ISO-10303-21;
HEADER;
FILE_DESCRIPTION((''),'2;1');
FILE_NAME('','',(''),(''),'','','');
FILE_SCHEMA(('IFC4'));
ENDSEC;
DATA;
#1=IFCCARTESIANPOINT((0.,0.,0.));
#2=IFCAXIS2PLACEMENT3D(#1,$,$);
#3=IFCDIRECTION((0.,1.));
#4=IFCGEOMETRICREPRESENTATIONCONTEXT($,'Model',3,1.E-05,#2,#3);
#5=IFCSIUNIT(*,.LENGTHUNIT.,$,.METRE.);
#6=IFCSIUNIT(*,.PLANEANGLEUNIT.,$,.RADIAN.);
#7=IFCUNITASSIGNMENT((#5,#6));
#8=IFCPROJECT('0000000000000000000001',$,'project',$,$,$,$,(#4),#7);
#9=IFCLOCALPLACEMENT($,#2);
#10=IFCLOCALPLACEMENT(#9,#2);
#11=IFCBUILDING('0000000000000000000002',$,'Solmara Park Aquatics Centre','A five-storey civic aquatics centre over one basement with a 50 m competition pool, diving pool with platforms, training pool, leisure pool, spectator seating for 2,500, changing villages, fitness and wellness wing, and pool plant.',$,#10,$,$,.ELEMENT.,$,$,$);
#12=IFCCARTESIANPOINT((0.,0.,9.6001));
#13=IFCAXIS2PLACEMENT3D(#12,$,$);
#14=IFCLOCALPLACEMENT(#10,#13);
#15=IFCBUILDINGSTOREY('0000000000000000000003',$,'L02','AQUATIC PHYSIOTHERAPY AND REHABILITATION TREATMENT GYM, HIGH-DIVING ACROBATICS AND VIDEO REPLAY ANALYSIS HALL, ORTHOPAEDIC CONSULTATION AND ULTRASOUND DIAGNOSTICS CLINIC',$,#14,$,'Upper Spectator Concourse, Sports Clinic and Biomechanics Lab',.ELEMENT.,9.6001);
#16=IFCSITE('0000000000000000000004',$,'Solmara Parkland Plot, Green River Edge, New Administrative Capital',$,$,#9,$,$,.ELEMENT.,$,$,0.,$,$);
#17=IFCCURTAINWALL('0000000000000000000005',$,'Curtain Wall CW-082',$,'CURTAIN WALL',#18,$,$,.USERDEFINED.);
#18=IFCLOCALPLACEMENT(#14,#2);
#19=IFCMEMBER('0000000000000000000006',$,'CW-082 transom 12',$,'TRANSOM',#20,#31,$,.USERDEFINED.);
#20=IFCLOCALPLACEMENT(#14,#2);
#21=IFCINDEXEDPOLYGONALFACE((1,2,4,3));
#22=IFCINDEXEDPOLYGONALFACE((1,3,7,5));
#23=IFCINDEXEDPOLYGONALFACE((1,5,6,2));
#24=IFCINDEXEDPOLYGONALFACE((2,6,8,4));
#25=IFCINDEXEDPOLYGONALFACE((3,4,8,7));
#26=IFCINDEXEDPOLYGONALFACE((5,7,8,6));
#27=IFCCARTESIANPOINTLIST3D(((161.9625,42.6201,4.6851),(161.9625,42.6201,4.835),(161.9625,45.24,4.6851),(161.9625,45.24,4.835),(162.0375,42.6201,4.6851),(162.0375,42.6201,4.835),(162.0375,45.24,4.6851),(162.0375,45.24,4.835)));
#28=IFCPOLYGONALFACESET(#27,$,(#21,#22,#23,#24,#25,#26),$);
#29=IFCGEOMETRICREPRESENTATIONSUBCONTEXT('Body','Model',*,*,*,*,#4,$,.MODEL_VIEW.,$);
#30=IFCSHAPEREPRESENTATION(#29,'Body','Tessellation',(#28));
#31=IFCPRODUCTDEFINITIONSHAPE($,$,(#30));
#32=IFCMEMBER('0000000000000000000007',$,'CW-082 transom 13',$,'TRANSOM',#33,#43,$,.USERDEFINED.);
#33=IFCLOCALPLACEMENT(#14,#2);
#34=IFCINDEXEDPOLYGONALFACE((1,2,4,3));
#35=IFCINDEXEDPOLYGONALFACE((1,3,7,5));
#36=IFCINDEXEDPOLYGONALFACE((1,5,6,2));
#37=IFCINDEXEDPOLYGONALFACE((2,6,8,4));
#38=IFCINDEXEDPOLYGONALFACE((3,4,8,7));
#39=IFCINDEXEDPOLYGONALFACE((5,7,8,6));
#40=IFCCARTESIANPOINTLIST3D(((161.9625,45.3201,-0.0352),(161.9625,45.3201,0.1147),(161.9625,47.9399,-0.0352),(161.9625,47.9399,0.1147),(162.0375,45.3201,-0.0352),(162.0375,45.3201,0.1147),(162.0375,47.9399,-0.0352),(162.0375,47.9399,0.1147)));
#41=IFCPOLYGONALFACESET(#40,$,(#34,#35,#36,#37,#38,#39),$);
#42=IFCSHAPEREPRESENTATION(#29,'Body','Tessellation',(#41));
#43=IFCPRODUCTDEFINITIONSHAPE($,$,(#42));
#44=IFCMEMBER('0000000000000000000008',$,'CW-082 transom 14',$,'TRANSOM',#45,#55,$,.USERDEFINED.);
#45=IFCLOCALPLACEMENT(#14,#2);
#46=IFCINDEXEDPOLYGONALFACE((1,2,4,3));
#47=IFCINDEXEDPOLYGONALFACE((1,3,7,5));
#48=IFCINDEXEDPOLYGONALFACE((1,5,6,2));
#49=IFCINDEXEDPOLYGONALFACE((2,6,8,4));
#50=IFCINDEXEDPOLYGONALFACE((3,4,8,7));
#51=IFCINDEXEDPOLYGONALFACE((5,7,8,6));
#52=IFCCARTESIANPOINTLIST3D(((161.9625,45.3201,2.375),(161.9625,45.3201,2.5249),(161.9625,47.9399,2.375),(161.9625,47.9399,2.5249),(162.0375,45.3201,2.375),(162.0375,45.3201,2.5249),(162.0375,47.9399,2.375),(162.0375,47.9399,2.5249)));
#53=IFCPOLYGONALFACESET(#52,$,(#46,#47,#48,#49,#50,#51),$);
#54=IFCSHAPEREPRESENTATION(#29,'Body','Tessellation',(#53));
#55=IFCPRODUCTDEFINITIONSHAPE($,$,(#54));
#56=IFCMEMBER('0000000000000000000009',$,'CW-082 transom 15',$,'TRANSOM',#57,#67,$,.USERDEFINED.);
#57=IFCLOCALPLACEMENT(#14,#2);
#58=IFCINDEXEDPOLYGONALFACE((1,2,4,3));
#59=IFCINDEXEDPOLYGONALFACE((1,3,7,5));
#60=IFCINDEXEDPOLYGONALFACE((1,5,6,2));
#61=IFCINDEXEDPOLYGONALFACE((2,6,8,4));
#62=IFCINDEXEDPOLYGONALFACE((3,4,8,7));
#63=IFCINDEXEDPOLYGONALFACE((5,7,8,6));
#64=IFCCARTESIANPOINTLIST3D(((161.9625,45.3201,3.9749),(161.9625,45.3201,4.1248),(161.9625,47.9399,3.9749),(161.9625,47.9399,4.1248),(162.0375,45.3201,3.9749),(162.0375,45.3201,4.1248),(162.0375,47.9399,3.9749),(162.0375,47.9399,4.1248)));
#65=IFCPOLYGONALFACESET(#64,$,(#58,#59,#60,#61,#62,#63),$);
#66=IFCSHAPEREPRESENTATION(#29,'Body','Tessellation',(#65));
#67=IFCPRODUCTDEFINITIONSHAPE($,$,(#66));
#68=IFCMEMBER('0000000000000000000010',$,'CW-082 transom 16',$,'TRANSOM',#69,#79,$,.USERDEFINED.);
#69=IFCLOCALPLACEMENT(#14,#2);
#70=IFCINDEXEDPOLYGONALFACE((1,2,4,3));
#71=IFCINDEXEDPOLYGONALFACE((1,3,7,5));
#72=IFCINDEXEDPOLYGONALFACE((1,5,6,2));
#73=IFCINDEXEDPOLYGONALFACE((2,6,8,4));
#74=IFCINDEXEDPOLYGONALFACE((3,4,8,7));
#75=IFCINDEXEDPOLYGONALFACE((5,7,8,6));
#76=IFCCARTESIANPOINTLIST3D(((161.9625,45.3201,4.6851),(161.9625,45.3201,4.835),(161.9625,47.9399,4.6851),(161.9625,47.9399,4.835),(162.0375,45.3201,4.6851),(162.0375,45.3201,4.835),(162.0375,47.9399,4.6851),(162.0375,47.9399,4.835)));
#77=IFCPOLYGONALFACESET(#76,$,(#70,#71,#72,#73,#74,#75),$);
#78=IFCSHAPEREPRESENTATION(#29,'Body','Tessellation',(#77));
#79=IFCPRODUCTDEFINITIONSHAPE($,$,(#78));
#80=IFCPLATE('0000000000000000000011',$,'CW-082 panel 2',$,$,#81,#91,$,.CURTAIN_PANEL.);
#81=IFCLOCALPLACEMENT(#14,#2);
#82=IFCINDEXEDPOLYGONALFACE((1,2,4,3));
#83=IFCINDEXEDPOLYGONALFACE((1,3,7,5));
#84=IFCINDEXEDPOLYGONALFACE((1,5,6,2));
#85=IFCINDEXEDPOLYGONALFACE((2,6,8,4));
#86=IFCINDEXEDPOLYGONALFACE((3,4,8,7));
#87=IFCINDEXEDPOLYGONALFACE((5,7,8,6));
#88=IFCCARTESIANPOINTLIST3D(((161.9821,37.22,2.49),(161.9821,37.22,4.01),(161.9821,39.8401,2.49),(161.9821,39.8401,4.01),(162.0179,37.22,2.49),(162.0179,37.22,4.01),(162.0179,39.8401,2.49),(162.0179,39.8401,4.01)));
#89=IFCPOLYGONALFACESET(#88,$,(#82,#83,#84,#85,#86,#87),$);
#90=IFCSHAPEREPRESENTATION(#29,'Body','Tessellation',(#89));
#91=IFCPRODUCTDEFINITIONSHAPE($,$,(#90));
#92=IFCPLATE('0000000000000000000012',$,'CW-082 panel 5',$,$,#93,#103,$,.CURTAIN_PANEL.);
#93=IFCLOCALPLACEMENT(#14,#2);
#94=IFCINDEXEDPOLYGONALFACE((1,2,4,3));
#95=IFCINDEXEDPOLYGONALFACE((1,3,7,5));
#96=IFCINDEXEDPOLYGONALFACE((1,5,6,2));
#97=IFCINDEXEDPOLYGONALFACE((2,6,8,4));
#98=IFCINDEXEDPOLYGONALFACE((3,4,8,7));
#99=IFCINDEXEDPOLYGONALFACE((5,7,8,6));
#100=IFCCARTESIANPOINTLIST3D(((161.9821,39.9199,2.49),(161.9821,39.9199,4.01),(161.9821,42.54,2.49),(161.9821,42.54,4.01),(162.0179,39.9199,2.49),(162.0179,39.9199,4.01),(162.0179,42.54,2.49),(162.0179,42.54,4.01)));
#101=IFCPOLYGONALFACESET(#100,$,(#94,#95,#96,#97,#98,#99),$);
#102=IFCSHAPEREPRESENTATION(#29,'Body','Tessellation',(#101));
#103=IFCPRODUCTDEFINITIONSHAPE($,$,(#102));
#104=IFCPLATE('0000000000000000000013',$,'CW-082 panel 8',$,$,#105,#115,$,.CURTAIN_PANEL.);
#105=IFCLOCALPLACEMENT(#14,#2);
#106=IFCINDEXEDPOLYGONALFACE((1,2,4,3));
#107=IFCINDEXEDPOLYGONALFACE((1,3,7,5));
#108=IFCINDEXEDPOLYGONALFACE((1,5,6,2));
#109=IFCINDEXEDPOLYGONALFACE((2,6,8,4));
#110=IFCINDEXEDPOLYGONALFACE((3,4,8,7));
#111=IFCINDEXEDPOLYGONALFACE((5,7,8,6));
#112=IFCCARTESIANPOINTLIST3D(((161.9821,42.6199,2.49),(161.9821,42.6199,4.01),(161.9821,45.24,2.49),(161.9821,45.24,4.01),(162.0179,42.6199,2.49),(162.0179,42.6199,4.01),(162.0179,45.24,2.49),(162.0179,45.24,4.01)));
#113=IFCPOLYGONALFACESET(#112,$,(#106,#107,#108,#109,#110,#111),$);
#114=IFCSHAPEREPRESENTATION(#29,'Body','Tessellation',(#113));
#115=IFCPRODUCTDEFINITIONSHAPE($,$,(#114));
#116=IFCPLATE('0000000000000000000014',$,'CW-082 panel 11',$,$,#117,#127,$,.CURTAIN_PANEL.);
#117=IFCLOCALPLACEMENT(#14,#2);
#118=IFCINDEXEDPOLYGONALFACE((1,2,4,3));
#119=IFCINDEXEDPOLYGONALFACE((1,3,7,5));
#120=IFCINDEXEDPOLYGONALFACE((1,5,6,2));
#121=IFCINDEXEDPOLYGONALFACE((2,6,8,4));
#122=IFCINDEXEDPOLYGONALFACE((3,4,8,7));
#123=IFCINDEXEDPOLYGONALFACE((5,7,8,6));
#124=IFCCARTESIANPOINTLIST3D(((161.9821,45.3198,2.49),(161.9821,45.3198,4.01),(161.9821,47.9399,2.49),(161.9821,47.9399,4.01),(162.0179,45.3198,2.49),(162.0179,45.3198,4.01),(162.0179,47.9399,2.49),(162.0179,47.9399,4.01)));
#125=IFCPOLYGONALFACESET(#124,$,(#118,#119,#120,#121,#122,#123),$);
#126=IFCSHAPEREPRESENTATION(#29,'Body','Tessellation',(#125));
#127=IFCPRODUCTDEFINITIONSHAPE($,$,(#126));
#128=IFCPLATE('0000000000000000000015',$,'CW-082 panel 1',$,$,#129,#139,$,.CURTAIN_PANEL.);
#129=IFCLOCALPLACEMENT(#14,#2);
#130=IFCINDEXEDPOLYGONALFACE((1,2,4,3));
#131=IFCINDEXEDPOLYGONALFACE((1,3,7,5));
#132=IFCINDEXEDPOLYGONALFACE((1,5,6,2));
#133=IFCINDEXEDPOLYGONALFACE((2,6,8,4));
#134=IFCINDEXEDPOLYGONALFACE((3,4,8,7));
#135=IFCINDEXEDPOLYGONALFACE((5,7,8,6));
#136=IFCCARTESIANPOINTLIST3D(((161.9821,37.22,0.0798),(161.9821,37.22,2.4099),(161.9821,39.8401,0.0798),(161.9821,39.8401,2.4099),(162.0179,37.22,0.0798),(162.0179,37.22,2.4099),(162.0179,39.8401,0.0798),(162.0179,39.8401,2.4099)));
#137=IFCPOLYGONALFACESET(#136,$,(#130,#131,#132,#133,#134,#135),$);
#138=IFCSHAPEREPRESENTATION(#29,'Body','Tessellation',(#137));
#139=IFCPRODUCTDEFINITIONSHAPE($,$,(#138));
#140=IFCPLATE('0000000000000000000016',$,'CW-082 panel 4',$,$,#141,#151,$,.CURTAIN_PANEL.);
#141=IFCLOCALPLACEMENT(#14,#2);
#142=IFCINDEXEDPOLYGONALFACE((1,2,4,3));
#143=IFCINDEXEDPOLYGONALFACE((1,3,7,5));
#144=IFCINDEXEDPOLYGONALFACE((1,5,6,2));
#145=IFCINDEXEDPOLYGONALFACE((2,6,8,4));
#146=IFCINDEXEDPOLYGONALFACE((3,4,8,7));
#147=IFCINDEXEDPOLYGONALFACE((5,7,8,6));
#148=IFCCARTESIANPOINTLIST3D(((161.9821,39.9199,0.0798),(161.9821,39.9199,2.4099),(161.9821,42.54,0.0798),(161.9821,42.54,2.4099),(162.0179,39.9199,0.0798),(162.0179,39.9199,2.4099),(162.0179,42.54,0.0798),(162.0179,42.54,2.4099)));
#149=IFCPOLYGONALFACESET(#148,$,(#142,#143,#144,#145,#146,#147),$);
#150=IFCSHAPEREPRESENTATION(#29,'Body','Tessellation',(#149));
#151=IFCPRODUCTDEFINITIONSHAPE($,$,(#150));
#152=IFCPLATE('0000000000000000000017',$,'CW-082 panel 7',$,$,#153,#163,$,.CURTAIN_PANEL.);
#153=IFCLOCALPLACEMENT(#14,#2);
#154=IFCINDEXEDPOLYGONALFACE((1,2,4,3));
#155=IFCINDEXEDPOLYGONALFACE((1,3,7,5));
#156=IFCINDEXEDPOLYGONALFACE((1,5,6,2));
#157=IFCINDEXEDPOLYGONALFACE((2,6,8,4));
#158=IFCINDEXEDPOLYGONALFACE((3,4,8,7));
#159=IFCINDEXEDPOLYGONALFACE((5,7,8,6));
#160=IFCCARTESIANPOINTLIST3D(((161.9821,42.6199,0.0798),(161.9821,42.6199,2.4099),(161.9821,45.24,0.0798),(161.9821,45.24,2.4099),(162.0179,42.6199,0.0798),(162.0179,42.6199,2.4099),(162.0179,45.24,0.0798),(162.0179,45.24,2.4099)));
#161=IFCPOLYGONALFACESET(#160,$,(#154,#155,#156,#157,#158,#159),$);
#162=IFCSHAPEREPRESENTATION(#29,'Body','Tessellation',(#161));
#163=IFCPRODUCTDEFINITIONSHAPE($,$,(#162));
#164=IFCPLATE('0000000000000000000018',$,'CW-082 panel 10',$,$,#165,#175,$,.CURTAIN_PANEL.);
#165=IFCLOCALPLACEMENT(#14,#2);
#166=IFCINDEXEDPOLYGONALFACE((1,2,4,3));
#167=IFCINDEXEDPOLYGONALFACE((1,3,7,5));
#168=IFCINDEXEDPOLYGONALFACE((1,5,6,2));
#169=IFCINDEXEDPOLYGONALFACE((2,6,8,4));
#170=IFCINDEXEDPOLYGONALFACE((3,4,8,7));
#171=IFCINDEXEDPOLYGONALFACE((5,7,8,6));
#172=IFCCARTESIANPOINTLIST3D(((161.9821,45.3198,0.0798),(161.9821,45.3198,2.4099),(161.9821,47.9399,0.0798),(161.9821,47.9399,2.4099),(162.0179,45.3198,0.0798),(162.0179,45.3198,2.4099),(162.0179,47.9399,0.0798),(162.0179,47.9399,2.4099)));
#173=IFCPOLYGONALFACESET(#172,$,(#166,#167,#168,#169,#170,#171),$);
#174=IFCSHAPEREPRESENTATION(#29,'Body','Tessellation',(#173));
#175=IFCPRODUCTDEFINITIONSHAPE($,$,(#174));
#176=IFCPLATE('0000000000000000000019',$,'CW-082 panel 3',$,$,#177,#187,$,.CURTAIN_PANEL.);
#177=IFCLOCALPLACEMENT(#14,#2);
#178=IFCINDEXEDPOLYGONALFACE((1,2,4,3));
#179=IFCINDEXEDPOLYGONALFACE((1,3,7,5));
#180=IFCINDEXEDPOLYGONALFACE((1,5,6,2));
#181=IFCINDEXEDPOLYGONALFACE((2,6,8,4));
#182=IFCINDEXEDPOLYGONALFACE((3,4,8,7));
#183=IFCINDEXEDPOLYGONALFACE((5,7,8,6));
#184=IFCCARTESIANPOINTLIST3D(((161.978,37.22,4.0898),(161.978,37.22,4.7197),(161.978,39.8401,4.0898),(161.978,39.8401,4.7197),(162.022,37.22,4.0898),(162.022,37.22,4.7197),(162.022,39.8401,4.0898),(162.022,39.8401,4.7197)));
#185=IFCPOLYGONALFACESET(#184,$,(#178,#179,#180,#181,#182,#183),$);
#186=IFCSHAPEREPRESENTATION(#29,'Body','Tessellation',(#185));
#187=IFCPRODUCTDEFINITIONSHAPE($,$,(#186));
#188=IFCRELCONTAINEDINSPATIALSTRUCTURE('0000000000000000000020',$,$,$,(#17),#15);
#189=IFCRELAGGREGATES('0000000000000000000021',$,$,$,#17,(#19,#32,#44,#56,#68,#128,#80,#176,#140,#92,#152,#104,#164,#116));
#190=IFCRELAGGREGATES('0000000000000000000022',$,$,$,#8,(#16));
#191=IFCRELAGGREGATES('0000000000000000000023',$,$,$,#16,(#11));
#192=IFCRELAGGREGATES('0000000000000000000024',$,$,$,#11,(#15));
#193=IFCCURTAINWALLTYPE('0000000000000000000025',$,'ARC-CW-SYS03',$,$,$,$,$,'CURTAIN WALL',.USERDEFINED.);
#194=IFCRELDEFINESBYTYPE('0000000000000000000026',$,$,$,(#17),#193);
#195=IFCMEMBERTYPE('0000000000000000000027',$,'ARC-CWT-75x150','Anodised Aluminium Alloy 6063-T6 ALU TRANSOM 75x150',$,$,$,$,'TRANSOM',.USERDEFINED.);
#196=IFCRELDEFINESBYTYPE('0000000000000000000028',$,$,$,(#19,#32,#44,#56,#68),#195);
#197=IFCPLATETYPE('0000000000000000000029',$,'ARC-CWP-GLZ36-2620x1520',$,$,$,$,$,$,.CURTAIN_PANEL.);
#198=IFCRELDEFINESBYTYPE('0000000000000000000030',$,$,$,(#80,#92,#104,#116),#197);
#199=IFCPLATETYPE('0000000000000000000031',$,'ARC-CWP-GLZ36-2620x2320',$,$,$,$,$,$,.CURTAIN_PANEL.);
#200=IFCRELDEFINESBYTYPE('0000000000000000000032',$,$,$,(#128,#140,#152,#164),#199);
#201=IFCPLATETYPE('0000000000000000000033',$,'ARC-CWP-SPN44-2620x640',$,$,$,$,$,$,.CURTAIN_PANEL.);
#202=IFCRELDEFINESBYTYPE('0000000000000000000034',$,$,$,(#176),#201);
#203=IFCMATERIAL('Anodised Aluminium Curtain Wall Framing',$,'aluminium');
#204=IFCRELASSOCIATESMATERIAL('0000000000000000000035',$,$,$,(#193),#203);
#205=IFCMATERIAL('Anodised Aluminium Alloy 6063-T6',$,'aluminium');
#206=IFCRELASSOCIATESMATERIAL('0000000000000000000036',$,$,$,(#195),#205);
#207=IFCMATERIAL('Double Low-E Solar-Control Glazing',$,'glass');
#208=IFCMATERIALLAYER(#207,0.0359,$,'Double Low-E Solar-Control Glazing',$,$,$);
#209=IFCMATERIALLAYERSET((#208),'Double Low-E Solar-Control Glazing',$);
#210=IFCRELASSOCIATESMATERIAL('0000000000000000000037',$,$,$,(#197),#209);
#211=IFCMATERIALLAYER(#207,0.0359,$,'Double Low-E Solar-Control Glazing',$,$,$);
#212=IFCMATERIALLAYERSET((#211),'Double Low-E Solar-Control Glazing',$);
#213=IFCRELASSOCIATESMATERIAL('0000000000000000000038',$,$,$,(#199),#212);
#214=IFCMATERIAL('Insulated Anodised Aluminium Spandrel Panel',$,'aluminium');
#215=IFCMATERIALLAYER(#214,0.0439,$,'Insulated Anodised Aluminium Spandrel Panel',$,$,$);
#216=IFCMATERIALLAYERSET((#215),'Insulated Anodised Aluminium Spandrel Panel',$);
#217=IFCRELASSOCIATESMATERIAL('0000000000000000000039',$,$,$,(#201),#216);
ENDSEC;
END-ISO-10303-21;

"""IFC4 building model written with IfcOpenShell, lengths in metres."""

from ifc_helpers import new_model, si_unit, direction, frame, origin, origin_2d, place, context, subcontext, project, spatial, rectangle, extrude, material, layer, layer_set, material_profile, profile_set, type_object, element, aggregate, save


model = new_model("IFC4")

# Units and contexts
model_context = context("Model", 3, precision=1e-05, world=origin(), true_north=direction((0.0, 1.0)))
body_context = subcontext(model_context, "Body", "Model", "MODEL_VIEW")
ifc_project = project(units=[si_unit("LENGTHUNIT", "METRE"), si_unit("PLANEANGLEUNIT", "RADIAN")], contexts=[model_context])

# Site, building, storey
site_placement = place(None, origin())
site = spatial("IfcSite", under=ifc_project, at=site_placement, Name="Solmara Parkland Plot, Green River Edge, New Administrative Capital", CompositionType="ELEMENT", RefElevation=0.0)
building_placement = place(site_placement, origin())
building = spatial("IfcBuilding", under=site, at=building_placement, Name="Solmara Park Aquatics Centre", Description="A five-storey civic aquatics centre over one basement with a 50 m competition pool, diving pool with platforms, training pool, leisure pool, spectator seating for 2,500, changing villages, fitness and wellness wing, and pool plant.", CompositionType="ELEMENT")
storey_placement = place(building_placement, frame((0.0, 0.0, 9.6001)))
storey = spatial("IfcBuildingStorey", under=building, at=storey_placement, Name="L02", Description="AQUATIC PHYSIOTHERAPY AND REHABILITATION TREATMENT GYM, HIGH-DIVING ACROBATICS AND VIDEO REPLAY ANALYSIS HALL, ORTHOPAEDIC CONSULTATION AND ULTRASOUND DIAGNOSTICS CLINIC", LongName="Upper Spectator Concourse, Sports Clinic and Biomechanics Lab", CompositionType="ELEMENT", Elevation=9.6001)

# Curtain wall, members, plates
ifc_material_1 = material(Name="Anodised Aluminium Curtain Wall Framing", Category="aluminium")
curtain_wall_type = type_object("IfcCurtainWallType", Name="ARC-CW-SYS03", ElementType="CURTAIN WALL", PredefinedType="USERDEFINED", material=ifc_material_1)
curtain_wall_placement = place(storey_placement, origin())
curtain_wall = element("IfcCurtainWall", 1, at=curtain_wall_placement, inside=storey, type_object=curtain_wall_type, Name="Curtain Wall CW-082", ObjectType="CURTAIN WALL", PredefinedType="USERDEFINED")
ifc_material_2 = material(Name="Anodised Aluminium Alloy 6063-T6", Category="aluminium")
ifc_material_profile_1 = material_profile(ifc_material_2, rectangle(XDim=0.075, YDim=0.1499, at=origin_2d()), Name="ALU TRANSOM 75x150")
ifc_profile_set_1 = profile_set([ifc_material_profile_1], Name="Anodised Aluminium Alloy 6063-T6")
member_type_1 = type_object("IfcMemberType", Name="ARC-CWT-75x150", Description="Anodised Aluminium Alloy 6063-T6 ALU TRANSOM 75x150", ElementType="TRANSOM", PredefinedType="USERDEFINED", material=ifc_profile_set_1)
member_1_placement = place(storey_placement, frame((162.0, 42.6201, 4.76), z_axis=(0.0, 1.0, 0.0), x_axis=(-1.0, 0.0, 0.0)))
member_1 = element("IfcMember", 2, at=member_1_placement, type_object=member_type_1, Name="CW-082 transom 12", ObjectType="TRANSOM", PredefinedType="USERDEFINED", context=body_context, shape_type="SweptSolid", body=[
    extrude(rectangle(XDim=0.075, YDim=0.1499, at=origin_2d()), origin(), (0.0, 0.0, 1.0), 2.6199),
])
member_2_placement = place(storey_placement, frame((162.0, 45.3201, 0.0398), z_axis=(0.0, 1.0, 0.0), x_axis=(-1.0, 0.0, 0.0)))
member_2 = element("IfcMember", 3, at=member_2_placement, type_object=member_type_1, Name="CW-082 transom 13", ObjectType="TRANSOM", PredefinedType="USERDEFINED", context=body_context, shape_type="SweptSolid", body=[
    extrude(rectangle(XDim=0.075, YDim=0.1499, at=origin_2d()), origin(), (0.0, 0.0, 1.0), 2.6199),
])
member_3_placement = place(storey_placement, frame((162.0, 45.3201, 2.45), z_axis=(0.0, 1.0, 0.0), x_axis=(-1.0, 0.0, 0.0)))
member_3 = element("IfcMember", 4, at=member_3_placement, type_object=member_type_1, Name="CW-082 transom 14", ObjectType="TRANSOM", PredefinedType="USERDEFINED", context=body_context, shape_type="SweptSolid", body=[
    extrude(rectangle(XDim=0.075, YDim=0.1499, at=origin_2d()), origin(), (0.0, 0.0, 1.0), 2.6199),
])
member_4_placement = place(storey_placement, frame((162.0, 45.3201, 4.0498), z_axis=(0.0, 1.0, 0.0), x_axis=(-1.0, 0.0, 0.0)))
member_4 = element("IfcMember", 5, at=member_4_placement, type_object=member_type_1, Name="CW-082 transom 15", ObjectType="TRANSOM", PredefinedType="USERDEFINED", context=body_context, shape_type="SweptSolid", body=[
    extrude(rectangle(XDim=0.075, YDim=0.1499, at=origin_2d()), origin(), (0.0, 0.0, 1.0), 2.6199),
])
member_5_placement = place(storey_placement, frame((162.0, 45.3201, 4.76), z_axis=(0.0, 1.0, 0.0), x_axis=(-1.0, 0.0, 0.0)))
member_5 = element("IfcMember", 6, at=member_5_placement, type_object=member_type_1, Name="CW-082 transom 16", ObjectType="TRANSOM", PredefinedType="USERDEFINED", context=body_context, shape_type="SweptSolid", body=[
    extrude(rectangle(XDim=0.075, YDim=0.1499, at=origin_2d()), origin(), (0.0, 0.0, 1.0), 2.6199),
])
ifc_material_3 = material(Name="Double Low-E Solar-Control Glazing", Category="glass")
ifc_layer_1 = layer(ifc_material_3, 0.0359, Name="Double Low-E Solar-Control Glazing")
ifc_layer_set_1 = layer_set([ifc_layer_1], Name="Double Low-E Solar-Control Glazing")
plate_type_1 = type_object("IfcPlateType", Name="ARC-CWP-GLZ36-2620x1520", PredefinedType="CURTAIN_PANEL", material=ifc_layer_set_1)
plate_1_placement = place(storey_placement, frame((162.0, 38.53, 2.49), z_axis=(0.0, 0.0, 1.0), x_axis=(0.0, 1.0, 0.0)))
plate_1 = element("IfcPlate", 7, at=plate_1_placement, type_object=plate_type_1, Name="CW-082 panel 2", PredefinedType="CURTAIN_PANEL", context=body_context, shape_type="SweptSolid", body=[
    extrude(rectangle(XDim=2.6201, YDim=0.0359, at=origin_2d()), origin(), (0.0, 0.0, 1.0), 1.52),
])
plate_2_placement = place(storey_placement, frame((162.0, 41.23, 2.49), z_axis=(0.0, 0.0, 1.0), x_axis=(0.0, 1.0, 0.0)))
plate_2 = element("IfcPlate", 8, at=plate_2_placement, type_object=plate_type_1, Name="CW-082 panel 5", PredefinedType="CURTAIN_PANEL", context=body_context, shape_type="SweptSolid", body=[
    extrude(rectangle(XDim=2.6201, YDim=0.0359, at=origin_2d()), origin(), (0.0, 0.0, 1.0), 1.52),
])
plate_3_placement = place(storey_placement, frame((162.0, 43.9299, 2.49), z_axis=(0.0, 0.0, 1.0), x_axis=(0.0, 1.0, 0.0)))
plate_3 = element("IfcPlate", 9, at=plate_3_placement, type_object=plate_type_1, Name="CW-082 panel 8", PredefinedType="CURTAIN_PANEL", context=body_context, shape_type="SweptSolid", body=[
    extrude(rectangle(XDim=2.6201, YDim=0.0359, at=origin_2d()), origin(), (0.0, 0.0, 1.0), 1.52),
])
plate_4_placement = place(storey_placement, frame((162.0, 46.6299, 2.49), z_axis=(0.0, 0.0, 1.0), x_axis=(0.0, 1.0, 0.0)))
plate_4 = element("IfcPlate", 10, at=plate_4_placement, type_object=plate_type_1, Name="CW-082 panel 11", PredefinedType="CURTAIN_PANEL", context=body_context, shape_type="SweptSolid", body=[
    extrude(rectangle(XDim=2.6201, YDim=0.0359, at=origin_2d()), origin(), (0.0, 0.0, 1.0), 1.52),
])
ifc_layer_2 = layer(ifc_material_3, 0.0359, Name="Double Low-E Solar-Control Glazing")
ifc_layer_set_2 = layer_set([ifc_layer_2], Name="Double Low-E Solar-Control Glazing")
plate_type_2 = type_object("IfcPlateType", Name="ARC-CWP-GLZ36-2620x2320", PredefinedType="CURTAIN_PANEL", material=ifc_layer_set_2)
plate_5_placement = place(storey_placement, frame((162.0, 38.53, 0.0798), z_axis=(0.0, 0.0, 1.0), x_axis=(0.0, 1.0, 0.0)))
plate_5 = element("IfcPlate", 11, at=plate_5_placement, type_object=plate_type_2, Name="CW-082 panel 1", PredefinedType="CURTAIN_PANEL", context=body_context, shape_type="SweptSolid", body=[
    extrude(rectangle(XDim=2.6201, YDim=0.0359, at=origin_2d()), origin(), (0.0, 0.0, 1.0), 2.3301),
])
plate_6_placement = place(storey_placement, frame((162.0, 41.23, 0.0798), z_axis=(0.0, 0.0, 1.0), x_axis=(0.0, 1.0, 0.0)))
plate_6 = element("IfcPlate", 12, at=plate_6_placement, type_object=plate_type_2, Name="CW-082 panel 4", PredefinedType="CURTAIN_PANEL", context=body_context, shape_type="SweptSolid", body=[
    extrude(rectangle(XDim=2.6201, YDim=0.0359, at=origin_2d()), origin(), (0.0, 0.0, 1.0), 2.3301),
])
plate_7_placement = place(storey_placement, frame((162.0, 43.9299, 0.0798), z_axis=(0.0, 0.0, 1.0), x_axis=(0.0, 1.0, 0.0)))
plate_7 = element("IfcPlate", 13, at=plate_7_placement, type_object=plate_type_2, Name="CW-082 panel 7", PredefinedType="CURTAIN_PANEL", context=body_context, shape_type="SweptSolid", body=[
    extrude(rectangle(XDim=2.6201, YDim=0.0359, at=origin_2d()), origin(), (0.0, 0.0, 1.0), 2.3301),
])
plate_8_placement = place(storey_placement, frame((162.0, 46.6299, 0.0798), z_axis=(0.0, 0.0, 1.0), x_axis=(0.0, 1.0, 0.0)))
plate_8 = element("IfcPlate", 14, at=plate_8_placement, type_object=plate_type_2, Name="CW-082 panel 10", PredefinedType="CURTAIN_PANEL", context=body_context, shape_type="SweptSolid", body=[
    extrude(rectangle(XDim=2.6201, YDim=0.0359, at=origin_2d()), origin(), (0.0, 0.0, 1.0), 2.3301),
])
ifc_material_4 = material(Name="Insulated Anodised Aluminium Spandrel Panel", Category="aluminium")
ifc_layer_3 = layer(ifc_material_4, 0.0439, Name="Insulated Anodised Aluminium Spandrel Panel")
ifc_layer_set_3 = layer_set([ifc_layer_3], Name="Insulated Anodised Aluminium Spandrel Panel")
plate_type_3 = type_object("IfcPlateType", Name="ARC-CWP-SPN44-2620x640", PredefinedType="CURTAIN_PANEL", material=ifc_layer_set_3)
plate_9_placement = place(storey_placement, frame((162.0, 38.53, 4.0898), z_axis=(0.0, 0.0, 1.0), x_axis=(0.0, 1.0, 0.0)))
plate_9 = element("IfcPlate", 15, at=plate_9_placement, type_object=plate_type_3, Name="CW-082 panel 3", PredefinedType="CURTAIN_PANEL", context=body_context, shape_type="SweptSolid", body=[
    extrude(rectangle(XDim=2.6201, YDim=0.0439, at=origin_2d()), origin(), (0.0, 0.0, 1.0), 0.6299),
])
aggregate(curtain_wall, [member_1, member_2, member_3, member_4, member_5, plate_5, plate_1, plate_9, plate_6, plate_2, plate_7, plate_3, plate_8, plate_4])

save(model, "model.ifc")
